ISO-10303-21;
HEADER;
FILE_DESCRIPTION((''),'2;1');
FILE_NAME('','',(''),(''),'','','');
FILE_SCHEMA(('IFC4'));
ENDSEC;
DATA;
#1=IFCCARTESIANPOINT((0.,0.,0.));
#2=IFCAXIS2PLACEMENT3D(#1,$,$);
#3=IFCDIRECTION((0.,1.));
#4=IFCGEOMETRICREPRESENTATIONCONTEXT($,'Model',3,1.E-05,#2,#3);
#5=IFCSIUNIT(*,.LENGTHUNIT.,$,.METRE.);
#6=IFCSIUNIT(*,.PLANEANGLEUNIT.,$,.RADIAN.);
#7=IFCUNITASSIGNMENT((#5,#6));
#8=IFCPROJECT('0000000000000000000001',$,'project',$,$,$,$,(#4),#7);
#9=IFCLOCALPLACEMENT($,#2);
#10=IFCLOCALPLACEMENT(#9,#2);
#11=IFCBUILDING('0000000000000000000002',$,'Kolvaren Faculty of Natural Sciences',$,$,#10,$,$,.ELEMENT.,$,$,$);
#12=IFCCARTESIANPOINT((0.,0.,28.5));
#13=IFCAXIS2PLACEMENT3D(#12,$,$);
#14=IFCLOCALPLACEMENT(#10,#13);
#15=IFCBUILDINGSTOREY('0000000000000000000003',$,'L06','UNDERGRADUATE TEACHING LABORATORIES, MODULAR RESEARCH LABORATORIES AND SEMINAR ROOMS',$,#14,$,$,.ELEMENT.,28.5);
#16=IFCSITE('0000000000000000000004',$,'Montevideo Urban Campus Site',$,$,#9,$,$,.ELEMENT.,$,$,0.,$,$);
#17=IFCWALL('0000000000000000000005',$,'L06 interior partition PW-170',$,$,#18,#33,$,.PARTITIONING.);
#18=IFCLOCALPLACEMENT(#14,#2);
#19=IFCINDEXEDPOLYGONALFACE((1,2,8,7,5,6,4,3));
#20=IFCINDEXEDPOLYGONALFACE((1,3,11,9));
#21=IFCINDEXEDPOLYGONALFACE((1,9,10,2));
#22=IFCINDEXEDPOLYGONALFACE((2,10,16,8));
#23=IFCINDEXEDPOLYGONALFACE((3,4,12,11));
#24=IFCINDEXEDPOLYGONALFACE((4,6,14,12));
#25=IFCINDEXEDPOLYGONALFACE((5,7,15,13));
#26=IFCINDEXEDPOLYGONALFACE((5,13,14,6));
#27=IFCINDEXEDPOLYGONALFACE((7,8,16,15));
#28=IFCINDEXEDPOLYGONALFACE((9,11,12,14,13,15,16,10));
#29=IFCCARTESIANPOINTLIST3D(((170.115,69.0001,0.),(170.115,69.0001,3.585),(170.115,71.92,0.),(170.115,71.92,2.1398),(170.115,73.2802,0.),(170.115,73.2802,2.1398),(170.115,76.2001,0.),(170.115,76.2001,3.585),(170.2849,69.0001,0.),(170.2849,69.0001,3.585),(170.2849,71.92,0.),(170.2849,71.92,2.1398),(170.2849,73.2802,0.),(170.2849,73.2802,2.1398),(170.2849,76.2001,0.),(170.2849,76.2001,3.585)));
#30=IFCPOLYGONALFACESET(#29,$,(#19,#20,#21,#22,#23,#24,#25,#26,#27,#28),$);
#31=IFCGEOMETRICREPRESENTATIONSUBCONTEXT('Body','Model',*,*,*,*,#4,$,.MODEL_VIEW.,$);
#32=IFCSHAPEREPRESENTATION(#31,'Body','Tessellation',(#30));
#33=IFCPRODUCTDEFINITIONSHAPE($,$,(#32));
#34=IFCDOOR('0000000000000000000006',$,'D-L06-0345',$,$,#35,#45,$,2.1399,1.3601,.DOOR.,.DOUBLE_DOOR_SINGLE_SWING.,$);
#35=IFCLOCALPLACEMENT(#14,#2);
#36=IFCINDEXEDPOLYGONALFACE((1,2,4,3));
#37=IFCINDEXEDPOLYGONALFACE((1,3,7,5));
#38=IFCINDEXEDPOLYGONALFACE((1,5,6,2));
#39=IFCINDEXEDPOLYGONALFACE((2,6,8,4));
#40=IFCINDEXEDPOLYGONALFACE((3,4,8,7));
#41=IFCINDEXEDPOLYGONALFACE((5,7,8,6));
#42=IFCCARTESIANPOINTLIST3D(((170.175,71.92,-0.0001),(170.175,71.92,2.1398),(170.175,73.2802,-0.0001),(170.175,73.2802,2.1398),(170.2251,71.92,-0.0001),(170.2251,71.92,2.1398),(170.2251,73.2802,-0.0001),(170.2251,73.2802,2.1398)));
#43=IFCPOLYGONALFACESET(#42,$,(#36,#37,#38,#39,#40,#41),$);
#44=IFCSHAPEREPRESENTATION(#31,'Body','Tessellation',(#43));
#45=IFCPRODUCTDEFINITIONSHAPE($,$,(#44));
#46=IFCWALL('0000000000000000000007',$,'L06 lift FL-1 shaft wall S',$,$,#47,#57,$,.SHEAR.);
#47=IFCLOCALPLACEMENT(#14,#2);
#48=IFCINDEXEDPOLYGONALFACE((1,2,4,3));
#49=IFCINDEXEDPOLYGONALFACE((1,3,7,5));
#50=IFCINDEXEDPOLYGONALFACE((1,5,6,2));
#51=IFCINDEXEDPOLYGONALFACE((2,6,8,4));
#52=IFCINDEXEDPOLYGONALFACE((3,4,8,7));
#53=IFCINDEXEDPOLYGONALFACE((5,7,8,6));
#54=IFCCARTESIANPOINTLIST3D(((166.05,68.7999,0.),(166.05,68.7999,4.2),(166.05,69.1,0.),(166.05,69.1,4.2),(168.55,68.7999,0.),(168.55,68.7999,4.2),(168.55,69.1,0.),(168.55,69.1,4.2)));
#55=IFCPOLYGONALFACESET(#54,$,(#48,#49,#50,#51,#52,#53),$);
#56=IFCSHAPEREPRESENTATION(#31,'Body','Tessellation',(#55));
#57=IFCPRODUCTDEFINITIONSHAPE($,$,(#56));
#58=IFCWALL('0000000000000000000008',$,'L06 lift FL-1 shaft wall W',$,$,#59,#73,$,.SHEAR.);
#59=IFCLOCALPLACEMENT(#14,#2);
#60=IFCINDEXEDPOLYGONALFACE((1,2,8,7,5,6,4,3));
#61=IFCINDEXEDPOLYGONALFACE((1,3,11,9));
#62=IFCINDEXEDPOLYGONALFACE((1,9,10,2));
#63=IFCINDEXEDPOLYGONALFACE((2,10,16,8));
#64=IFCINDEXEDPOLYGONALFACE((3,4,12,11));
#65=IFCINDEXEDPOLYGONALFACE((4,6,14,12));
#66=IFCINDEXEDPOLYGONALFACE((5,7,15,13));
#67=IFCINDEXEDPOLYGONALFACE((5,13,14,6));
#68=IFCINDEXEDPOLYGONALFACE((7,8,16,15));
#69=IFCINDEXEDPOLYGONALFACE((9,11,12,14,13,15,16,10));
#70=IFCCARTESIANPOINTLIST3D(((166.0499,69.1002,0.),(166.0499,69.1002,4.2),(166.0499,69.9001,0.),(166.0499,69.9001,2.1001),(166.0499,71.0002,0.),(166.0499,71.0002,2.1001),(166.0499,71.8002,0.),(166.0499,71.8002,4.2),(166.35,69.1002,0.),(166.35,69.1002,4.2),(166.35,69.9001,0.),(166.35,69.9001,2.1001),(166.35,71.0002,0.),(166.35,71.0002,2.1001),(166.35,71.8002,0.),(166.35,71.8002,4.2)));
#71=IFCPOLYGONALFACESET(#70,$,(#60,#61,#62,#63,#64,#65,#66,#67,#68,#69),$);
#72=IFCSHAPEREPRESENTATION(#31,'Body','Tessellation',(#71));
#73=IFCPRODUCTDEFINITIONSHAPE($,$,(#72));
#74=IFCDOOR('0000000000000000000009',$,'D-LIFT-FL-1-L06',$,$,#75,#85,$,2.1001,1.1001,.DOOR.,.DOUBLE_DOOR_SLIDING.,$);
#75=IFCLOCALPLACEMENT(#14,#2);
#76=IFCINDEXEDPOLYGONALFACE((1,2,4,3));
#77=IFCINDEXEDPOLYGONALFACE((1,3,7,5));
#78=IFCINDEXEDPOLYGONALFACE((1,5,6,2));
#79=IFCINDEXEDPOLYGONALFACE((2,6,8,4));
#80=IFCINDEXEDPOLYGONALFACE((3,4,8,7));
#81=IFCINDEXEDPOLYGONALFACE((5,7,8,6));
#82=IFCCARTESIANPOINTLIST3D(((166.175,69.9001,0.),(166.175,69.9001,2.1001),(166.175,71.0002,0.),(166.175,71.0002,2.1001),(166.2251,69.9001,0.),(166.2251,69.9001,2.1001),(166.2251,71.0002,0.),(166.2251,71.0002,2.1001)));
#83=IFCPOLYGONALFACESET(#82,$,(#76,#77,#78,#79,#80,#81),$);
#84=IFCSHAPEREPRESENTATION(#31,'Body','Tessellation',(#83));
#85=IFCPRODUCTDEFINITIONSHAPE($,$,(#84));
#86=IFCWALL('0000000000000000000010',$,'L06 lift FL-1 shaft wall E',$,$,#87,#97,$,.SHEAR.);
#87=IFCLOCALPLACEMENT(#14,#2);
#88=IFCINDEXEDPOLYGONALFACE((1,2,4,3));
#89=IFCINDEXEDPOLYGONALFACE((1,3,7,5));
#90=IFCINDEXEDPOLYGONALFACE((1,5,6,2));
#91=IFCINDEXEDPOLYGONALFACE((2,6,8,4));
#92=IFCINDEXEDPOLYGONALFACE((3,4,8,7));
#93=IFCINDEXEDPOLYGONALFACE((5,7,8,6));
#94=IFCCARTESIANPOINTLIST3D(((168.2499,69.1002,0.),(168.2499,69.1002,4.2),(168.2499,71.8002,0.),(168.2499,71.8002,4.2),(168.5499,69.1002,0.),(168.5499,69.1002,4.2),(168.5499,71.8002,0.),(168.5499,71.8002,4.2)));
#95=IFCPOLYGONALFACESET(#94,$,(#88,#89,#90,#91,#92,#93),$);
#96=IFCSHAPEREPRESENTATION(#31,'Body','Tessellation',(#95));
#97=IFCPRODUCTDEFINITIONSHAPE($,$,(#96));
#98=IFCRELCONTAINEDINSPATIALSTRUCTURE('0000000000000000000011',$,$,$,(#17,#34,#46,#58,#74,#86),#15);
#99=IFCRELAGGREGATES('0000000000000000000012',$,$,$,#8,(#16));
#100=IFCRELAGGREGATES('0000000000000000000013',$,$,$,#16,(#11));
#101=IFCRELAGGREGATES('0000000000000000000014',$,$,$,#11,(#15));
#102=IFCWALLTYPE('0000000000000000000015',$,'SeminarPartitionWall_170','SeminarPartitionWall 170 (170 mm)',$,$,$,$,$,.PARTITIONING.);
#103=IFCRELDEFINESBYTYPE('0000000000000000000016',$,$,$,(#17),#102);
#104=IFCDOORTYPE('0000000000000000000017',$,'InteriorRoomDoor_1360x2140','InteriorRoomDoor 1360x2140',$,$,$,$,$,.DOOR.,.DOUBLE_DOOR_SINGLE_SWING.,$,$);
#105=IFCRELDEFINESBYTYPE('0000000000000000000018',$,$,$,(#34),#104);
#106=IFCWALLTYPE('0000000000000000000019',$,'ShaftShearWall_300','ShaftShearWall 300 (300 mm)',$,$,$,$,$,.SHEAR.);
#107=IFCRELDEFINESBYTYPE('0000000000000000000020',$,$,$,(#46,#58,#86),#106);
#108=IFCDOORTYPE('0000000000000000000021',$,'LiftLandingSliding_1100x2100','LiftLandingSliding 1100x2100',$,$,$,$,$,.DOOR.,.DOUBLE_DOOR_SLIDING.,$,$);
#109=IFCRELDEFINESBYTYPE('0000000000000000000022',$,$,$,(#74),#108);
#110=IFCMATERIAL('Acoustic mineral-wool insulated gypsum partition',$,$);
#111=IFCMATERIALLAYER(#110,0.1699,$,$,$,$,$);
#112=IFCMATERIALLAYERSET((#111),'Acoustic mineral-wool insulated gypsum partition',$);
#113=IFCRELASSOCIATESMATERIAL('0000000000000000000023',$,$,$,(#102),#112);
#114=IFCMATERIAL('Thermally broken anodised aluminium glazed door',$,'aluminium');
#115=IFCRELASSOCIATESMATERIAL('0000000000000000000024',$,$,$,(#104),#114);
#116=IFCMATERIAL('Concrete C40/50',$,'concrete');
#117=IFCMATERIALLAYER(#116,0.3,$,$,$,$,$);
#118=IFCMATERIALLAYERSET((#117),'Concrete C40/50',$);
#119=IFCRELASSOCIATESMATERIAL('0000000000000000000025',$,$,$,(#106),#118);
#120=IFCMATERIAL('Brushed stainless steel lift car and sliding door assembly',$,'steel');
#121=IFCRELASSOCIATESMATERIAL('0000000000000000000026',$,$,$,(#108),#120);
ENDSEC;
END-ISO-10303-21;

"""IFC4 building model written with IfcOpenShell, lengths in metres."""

from ifc_helpers import new_model, si_unit, direction, frame, frame_2d, origin, place, context, subcontext, project, spatial, rectangle, extrude, material, layer, layer_set, type_object, element, fill, save


model = new_model("IFC4")

# Units and contexts
model_context = context("Model", 3, precision=1e-05, world=origin(), true_north=direction((0.0, 1.0)))
body_context = subcontext(model_context, "Body", "Model", "MODEL_VIEW")
ifc_project = project(units=[si_unit("LENGTHUNIT", "METRE"), si_unit("PLANEANGLEUNIT", "RADIAN")], contexts=[model_context])

# Site, building, storey
site_placement = place(None, origin())
site = spatial("IfcSite", under=ifc_project, at=site_placement, Name="Montevideo Urban Campus Site", CompositionType="ELEMENT", RefElevation=0.0)
building_placement = place(site_placement, origin())
building = spatial("IfcBuilding", under=site, at=building_placement, Name="Kolvaren Faculty of Natural Sciences", CompositionType="ELEMENT")
storey_placement = place(building_placement, frame((0.0, 0.0, 28.5)))
storey = spatial("IfcBuildingStorey", under=building, at=storey_placement, Name="L06", Description="UNDERGRADUATE TEACHING LABORATORIES, MODULAR RESEARCH LABORATORIES AND SEMINAR ROOMS", CompositionType="ELEMENT", Elevation=28.5)

# Shared definitions
ifc_material_1 = material(Name="Acoustic mineral-wool insulated gypsum partition")

# Wall, opening, door
ifc_layer_1 = layer(ifc_material_1, 0.1699)
ifc_layer_set_1 = layer_set([ifc_layer_1], Name="Acoustic mineral-wool insulated gypsum partition")
wall_type_1 = type_object("IfcWallType", Name="SeminarPartitionWall_170", Description="SeminarPartitionWall 170 (170 mm)", PredefinedType="PARTITIONING", material=ifc_layer_set_1)
wall_1_placement = place(storey_placement, frame((170.2, 69.0, 0.0), z_axis=(0.0, 0.0, 1.0), x_axis=(0.0, 1.0, 0.0)))
wall_1 = element("IfcWall", 1, at=wall_1_placement, inside=storey, type_object=wall_type_1, Name="L06 interior partition PW-170", PredefinedType="PARTITIONING", context=body_context, shape_type="SweptSolid", body=[
    extrude(rectangle(XDim=7.2, YDim=0.1699, at=frame_2d((3.6001, 0.0))), origin(), (0.0, 0.0, 1.0), 3.585),
])
opening_1_placement = place(wall_1_placement, frame((2.9199, 0.0, 0.0)))
opening_1 = element("IfcOpeningElement", 2, at=opening_1_placement, cuts=wall_1, PredefinedType="OPENING", context=body_context, shape_type="SweptSolid", body=[
    extrude(rectangle(XDim=1.3601, YDim=2.1399, at=frame_2d((0.6802, 1.0698))), frame((0.0, 0.095, 0.0), z_axis=(0.0, -1.0, 0.0), x_axis=(1.0, 0.0, 0.0)), (0.0, 0.0, 1.0), 0.1899),
])
ifc_material_2 = material(Name="Thermally broken anodised aluminium glazed door", Category="aluminium")
door_type_1 = type_object("IfcDoorType", Name="InteriorRoomDoor_1360x2140", Description="InteriorRoomDoor 1360x2140", OperationType="DOUBLE_DOOR_SINGLE_SWING", PredefinedType="DOOR", material=ifc_material_2)
door_1_placement = place(opening_1_placement, origin())
door_1 = element("IfcDoor", 3, at=door_1_placement, inside=storey, type_object=door_type_1, Name="D-L06-0345", OperationType="DOUBLE_DOOR_SINGLE_SWING", OverallHeight=2.1399, OverallWidth=1.3601, PredefinedType="DOOR", context=body_context, shape_type="SweptSolid", body=[
    extrude(rectangle(XDim=1.3601, YDim=2.1399, at=frame_2d((0.6802, 1.0698))), frame((0.0, 0.0249, 0.0), z_axis=(0.0, -1.0, 0.0), x_axis=(1.0, 0.0, 0.0)), (0.0, 0.0, 1.0), 0.05),
])
fill(opening_1, door_1)

# Wall
ifc_material_3 = material(Name="Concrete C40/50", Category="concrete")
ifc_layer_2 = layer(ifc_material_3, 0.3)
ifc_layer_set_2 = layer_set([ifc_layer_2], Name="Concrete C40/50")
wall_type_2 = type_object("IfcWallType", Name="ShaftShearWall_300", Description="ShaftShearWall 300 (300 mm)", PredefinedType="SHEAR", material=ifc_layer_set_2)
wall_2_placement = place(storey_placement, frame((166.05, 68.95, 0.0), z_axis=(0.0, 0.0, 1.0), x_axis=(1.0, 0.0, 0.0)))
element("IfcWall", 4, at=wall_2_placement, inside=storey, type_object=wall_type_2, Name="L06 lift FL-1 shaft wall S", PredefinedType="SHEAR", context=body_context, shape_type="SweptSolid", body=[
    extrude(rectangle(XDim=2.5, YDim=0.3, at=frame_2d((1.25, 0.0))), origin(), (0.0, 0.0, 1.0), 4.2),
])

# Wall, opening, door
wall_3_placement = place(storey_placement, frame((166.2, 69.1001, 0.0), z_axis=(0.0, 0.0, 1.0), x_axis=(0.0, 1.0, 0.0)))
wall_3 = element("IfcWall", 5, at=wall_3_placement, inside=storey, type_object=wall_type_2, Name="L06 lift FL-1 shaft wall W", PredefinedType="SHEAR", context=body_context, shape_type="SweptSolid", body=[
    extrude(rectangle(XDim=2.7, YDim=0.3, at=frame_2d((1.3501, 0.0))), origin(), (0.0, 0.0, 1.0), 4.2),
])
opening_2_placement = place(wall_3_placement, frame((0.8, 0.0, 0.0)))
opening_2 = element("IfcOpeningElement", 6, at=opening_2_placement, cuts=wall_3, PredefinedType="OPENING", context=body_context, shape_type="SweptSolid", body=[
    extrude(rectangle(XDim=1.1001, YDim=2.1001, at=frame_2d((0.55, 1.05))), frame((0.0, 0.1599, 0.0), z_axis=(0.0, -1.0, 0.0), x_axis=(1.0, 0.0, 0.0)), (0.0, 0.0, 1.0), 0.3201),
])
ifc_material_4 = material(Name="Brushed stainless steel lift car and sliding door assembly", Category="steel")
door_type_2 = type_object("IfcDoorType", Name="LiftLandingSliding_1100x2100", Description="LiftLandingSliding 1100x2100", OperationType="DOUBLE_DOOR_SLIDING", PredefinedType="DOOR", material=ifc_material_4)
door_2_placement = place(opening_2_placement, origin())
door_2 = element("IfcDoor", 7, at=door_2_placement, inside=storey, type_object=door_type_2, Name="D-LIFT-FL-1-L06", OperationType="DOUBLE_DOOR_SLIDING", OverallHeight=2.1001, OverallWidth=1.1001, PredefinedType="DOOR", context=body_context, shape_type="SweptSolid", body=[
    extrude(rectangle(XDim=1.1001, YDim=2.1001, at=frame_2d((0.55, 1.05))), frame((0.0, 0.0249, 0.0), z_axis=(0.0, -1.0, 0.0), x_axis=(1.0, 0.0, 0.0)), (0.0, 0.0, 1.0), 0.05),
])
fill(opening_2, door_2)

# Wall
wall_4_placement = place(storey_placement, frame((168.3999, 69.1001, 0.0), z_axis=(0.0, 0.0, 1.0), x_axis=(0.0, 1.0, 0.0)))
element("IfcWall", 8, at=wall_4_placement, inside=storey, type_object=wall_type_2, Name="L06 lift FL-1 shaft wall E", PredefinedType="SHEAR", context=body_context, shape_type="SweptSolid", body=[
    extrude(rectangle(XDim=2.7, YDim=0.3, at=frame_2d((1.3501, 0.0))), origin(), (0.0, 0.0, 1.0), 4.2),
])

save(model, "model.ifc")
